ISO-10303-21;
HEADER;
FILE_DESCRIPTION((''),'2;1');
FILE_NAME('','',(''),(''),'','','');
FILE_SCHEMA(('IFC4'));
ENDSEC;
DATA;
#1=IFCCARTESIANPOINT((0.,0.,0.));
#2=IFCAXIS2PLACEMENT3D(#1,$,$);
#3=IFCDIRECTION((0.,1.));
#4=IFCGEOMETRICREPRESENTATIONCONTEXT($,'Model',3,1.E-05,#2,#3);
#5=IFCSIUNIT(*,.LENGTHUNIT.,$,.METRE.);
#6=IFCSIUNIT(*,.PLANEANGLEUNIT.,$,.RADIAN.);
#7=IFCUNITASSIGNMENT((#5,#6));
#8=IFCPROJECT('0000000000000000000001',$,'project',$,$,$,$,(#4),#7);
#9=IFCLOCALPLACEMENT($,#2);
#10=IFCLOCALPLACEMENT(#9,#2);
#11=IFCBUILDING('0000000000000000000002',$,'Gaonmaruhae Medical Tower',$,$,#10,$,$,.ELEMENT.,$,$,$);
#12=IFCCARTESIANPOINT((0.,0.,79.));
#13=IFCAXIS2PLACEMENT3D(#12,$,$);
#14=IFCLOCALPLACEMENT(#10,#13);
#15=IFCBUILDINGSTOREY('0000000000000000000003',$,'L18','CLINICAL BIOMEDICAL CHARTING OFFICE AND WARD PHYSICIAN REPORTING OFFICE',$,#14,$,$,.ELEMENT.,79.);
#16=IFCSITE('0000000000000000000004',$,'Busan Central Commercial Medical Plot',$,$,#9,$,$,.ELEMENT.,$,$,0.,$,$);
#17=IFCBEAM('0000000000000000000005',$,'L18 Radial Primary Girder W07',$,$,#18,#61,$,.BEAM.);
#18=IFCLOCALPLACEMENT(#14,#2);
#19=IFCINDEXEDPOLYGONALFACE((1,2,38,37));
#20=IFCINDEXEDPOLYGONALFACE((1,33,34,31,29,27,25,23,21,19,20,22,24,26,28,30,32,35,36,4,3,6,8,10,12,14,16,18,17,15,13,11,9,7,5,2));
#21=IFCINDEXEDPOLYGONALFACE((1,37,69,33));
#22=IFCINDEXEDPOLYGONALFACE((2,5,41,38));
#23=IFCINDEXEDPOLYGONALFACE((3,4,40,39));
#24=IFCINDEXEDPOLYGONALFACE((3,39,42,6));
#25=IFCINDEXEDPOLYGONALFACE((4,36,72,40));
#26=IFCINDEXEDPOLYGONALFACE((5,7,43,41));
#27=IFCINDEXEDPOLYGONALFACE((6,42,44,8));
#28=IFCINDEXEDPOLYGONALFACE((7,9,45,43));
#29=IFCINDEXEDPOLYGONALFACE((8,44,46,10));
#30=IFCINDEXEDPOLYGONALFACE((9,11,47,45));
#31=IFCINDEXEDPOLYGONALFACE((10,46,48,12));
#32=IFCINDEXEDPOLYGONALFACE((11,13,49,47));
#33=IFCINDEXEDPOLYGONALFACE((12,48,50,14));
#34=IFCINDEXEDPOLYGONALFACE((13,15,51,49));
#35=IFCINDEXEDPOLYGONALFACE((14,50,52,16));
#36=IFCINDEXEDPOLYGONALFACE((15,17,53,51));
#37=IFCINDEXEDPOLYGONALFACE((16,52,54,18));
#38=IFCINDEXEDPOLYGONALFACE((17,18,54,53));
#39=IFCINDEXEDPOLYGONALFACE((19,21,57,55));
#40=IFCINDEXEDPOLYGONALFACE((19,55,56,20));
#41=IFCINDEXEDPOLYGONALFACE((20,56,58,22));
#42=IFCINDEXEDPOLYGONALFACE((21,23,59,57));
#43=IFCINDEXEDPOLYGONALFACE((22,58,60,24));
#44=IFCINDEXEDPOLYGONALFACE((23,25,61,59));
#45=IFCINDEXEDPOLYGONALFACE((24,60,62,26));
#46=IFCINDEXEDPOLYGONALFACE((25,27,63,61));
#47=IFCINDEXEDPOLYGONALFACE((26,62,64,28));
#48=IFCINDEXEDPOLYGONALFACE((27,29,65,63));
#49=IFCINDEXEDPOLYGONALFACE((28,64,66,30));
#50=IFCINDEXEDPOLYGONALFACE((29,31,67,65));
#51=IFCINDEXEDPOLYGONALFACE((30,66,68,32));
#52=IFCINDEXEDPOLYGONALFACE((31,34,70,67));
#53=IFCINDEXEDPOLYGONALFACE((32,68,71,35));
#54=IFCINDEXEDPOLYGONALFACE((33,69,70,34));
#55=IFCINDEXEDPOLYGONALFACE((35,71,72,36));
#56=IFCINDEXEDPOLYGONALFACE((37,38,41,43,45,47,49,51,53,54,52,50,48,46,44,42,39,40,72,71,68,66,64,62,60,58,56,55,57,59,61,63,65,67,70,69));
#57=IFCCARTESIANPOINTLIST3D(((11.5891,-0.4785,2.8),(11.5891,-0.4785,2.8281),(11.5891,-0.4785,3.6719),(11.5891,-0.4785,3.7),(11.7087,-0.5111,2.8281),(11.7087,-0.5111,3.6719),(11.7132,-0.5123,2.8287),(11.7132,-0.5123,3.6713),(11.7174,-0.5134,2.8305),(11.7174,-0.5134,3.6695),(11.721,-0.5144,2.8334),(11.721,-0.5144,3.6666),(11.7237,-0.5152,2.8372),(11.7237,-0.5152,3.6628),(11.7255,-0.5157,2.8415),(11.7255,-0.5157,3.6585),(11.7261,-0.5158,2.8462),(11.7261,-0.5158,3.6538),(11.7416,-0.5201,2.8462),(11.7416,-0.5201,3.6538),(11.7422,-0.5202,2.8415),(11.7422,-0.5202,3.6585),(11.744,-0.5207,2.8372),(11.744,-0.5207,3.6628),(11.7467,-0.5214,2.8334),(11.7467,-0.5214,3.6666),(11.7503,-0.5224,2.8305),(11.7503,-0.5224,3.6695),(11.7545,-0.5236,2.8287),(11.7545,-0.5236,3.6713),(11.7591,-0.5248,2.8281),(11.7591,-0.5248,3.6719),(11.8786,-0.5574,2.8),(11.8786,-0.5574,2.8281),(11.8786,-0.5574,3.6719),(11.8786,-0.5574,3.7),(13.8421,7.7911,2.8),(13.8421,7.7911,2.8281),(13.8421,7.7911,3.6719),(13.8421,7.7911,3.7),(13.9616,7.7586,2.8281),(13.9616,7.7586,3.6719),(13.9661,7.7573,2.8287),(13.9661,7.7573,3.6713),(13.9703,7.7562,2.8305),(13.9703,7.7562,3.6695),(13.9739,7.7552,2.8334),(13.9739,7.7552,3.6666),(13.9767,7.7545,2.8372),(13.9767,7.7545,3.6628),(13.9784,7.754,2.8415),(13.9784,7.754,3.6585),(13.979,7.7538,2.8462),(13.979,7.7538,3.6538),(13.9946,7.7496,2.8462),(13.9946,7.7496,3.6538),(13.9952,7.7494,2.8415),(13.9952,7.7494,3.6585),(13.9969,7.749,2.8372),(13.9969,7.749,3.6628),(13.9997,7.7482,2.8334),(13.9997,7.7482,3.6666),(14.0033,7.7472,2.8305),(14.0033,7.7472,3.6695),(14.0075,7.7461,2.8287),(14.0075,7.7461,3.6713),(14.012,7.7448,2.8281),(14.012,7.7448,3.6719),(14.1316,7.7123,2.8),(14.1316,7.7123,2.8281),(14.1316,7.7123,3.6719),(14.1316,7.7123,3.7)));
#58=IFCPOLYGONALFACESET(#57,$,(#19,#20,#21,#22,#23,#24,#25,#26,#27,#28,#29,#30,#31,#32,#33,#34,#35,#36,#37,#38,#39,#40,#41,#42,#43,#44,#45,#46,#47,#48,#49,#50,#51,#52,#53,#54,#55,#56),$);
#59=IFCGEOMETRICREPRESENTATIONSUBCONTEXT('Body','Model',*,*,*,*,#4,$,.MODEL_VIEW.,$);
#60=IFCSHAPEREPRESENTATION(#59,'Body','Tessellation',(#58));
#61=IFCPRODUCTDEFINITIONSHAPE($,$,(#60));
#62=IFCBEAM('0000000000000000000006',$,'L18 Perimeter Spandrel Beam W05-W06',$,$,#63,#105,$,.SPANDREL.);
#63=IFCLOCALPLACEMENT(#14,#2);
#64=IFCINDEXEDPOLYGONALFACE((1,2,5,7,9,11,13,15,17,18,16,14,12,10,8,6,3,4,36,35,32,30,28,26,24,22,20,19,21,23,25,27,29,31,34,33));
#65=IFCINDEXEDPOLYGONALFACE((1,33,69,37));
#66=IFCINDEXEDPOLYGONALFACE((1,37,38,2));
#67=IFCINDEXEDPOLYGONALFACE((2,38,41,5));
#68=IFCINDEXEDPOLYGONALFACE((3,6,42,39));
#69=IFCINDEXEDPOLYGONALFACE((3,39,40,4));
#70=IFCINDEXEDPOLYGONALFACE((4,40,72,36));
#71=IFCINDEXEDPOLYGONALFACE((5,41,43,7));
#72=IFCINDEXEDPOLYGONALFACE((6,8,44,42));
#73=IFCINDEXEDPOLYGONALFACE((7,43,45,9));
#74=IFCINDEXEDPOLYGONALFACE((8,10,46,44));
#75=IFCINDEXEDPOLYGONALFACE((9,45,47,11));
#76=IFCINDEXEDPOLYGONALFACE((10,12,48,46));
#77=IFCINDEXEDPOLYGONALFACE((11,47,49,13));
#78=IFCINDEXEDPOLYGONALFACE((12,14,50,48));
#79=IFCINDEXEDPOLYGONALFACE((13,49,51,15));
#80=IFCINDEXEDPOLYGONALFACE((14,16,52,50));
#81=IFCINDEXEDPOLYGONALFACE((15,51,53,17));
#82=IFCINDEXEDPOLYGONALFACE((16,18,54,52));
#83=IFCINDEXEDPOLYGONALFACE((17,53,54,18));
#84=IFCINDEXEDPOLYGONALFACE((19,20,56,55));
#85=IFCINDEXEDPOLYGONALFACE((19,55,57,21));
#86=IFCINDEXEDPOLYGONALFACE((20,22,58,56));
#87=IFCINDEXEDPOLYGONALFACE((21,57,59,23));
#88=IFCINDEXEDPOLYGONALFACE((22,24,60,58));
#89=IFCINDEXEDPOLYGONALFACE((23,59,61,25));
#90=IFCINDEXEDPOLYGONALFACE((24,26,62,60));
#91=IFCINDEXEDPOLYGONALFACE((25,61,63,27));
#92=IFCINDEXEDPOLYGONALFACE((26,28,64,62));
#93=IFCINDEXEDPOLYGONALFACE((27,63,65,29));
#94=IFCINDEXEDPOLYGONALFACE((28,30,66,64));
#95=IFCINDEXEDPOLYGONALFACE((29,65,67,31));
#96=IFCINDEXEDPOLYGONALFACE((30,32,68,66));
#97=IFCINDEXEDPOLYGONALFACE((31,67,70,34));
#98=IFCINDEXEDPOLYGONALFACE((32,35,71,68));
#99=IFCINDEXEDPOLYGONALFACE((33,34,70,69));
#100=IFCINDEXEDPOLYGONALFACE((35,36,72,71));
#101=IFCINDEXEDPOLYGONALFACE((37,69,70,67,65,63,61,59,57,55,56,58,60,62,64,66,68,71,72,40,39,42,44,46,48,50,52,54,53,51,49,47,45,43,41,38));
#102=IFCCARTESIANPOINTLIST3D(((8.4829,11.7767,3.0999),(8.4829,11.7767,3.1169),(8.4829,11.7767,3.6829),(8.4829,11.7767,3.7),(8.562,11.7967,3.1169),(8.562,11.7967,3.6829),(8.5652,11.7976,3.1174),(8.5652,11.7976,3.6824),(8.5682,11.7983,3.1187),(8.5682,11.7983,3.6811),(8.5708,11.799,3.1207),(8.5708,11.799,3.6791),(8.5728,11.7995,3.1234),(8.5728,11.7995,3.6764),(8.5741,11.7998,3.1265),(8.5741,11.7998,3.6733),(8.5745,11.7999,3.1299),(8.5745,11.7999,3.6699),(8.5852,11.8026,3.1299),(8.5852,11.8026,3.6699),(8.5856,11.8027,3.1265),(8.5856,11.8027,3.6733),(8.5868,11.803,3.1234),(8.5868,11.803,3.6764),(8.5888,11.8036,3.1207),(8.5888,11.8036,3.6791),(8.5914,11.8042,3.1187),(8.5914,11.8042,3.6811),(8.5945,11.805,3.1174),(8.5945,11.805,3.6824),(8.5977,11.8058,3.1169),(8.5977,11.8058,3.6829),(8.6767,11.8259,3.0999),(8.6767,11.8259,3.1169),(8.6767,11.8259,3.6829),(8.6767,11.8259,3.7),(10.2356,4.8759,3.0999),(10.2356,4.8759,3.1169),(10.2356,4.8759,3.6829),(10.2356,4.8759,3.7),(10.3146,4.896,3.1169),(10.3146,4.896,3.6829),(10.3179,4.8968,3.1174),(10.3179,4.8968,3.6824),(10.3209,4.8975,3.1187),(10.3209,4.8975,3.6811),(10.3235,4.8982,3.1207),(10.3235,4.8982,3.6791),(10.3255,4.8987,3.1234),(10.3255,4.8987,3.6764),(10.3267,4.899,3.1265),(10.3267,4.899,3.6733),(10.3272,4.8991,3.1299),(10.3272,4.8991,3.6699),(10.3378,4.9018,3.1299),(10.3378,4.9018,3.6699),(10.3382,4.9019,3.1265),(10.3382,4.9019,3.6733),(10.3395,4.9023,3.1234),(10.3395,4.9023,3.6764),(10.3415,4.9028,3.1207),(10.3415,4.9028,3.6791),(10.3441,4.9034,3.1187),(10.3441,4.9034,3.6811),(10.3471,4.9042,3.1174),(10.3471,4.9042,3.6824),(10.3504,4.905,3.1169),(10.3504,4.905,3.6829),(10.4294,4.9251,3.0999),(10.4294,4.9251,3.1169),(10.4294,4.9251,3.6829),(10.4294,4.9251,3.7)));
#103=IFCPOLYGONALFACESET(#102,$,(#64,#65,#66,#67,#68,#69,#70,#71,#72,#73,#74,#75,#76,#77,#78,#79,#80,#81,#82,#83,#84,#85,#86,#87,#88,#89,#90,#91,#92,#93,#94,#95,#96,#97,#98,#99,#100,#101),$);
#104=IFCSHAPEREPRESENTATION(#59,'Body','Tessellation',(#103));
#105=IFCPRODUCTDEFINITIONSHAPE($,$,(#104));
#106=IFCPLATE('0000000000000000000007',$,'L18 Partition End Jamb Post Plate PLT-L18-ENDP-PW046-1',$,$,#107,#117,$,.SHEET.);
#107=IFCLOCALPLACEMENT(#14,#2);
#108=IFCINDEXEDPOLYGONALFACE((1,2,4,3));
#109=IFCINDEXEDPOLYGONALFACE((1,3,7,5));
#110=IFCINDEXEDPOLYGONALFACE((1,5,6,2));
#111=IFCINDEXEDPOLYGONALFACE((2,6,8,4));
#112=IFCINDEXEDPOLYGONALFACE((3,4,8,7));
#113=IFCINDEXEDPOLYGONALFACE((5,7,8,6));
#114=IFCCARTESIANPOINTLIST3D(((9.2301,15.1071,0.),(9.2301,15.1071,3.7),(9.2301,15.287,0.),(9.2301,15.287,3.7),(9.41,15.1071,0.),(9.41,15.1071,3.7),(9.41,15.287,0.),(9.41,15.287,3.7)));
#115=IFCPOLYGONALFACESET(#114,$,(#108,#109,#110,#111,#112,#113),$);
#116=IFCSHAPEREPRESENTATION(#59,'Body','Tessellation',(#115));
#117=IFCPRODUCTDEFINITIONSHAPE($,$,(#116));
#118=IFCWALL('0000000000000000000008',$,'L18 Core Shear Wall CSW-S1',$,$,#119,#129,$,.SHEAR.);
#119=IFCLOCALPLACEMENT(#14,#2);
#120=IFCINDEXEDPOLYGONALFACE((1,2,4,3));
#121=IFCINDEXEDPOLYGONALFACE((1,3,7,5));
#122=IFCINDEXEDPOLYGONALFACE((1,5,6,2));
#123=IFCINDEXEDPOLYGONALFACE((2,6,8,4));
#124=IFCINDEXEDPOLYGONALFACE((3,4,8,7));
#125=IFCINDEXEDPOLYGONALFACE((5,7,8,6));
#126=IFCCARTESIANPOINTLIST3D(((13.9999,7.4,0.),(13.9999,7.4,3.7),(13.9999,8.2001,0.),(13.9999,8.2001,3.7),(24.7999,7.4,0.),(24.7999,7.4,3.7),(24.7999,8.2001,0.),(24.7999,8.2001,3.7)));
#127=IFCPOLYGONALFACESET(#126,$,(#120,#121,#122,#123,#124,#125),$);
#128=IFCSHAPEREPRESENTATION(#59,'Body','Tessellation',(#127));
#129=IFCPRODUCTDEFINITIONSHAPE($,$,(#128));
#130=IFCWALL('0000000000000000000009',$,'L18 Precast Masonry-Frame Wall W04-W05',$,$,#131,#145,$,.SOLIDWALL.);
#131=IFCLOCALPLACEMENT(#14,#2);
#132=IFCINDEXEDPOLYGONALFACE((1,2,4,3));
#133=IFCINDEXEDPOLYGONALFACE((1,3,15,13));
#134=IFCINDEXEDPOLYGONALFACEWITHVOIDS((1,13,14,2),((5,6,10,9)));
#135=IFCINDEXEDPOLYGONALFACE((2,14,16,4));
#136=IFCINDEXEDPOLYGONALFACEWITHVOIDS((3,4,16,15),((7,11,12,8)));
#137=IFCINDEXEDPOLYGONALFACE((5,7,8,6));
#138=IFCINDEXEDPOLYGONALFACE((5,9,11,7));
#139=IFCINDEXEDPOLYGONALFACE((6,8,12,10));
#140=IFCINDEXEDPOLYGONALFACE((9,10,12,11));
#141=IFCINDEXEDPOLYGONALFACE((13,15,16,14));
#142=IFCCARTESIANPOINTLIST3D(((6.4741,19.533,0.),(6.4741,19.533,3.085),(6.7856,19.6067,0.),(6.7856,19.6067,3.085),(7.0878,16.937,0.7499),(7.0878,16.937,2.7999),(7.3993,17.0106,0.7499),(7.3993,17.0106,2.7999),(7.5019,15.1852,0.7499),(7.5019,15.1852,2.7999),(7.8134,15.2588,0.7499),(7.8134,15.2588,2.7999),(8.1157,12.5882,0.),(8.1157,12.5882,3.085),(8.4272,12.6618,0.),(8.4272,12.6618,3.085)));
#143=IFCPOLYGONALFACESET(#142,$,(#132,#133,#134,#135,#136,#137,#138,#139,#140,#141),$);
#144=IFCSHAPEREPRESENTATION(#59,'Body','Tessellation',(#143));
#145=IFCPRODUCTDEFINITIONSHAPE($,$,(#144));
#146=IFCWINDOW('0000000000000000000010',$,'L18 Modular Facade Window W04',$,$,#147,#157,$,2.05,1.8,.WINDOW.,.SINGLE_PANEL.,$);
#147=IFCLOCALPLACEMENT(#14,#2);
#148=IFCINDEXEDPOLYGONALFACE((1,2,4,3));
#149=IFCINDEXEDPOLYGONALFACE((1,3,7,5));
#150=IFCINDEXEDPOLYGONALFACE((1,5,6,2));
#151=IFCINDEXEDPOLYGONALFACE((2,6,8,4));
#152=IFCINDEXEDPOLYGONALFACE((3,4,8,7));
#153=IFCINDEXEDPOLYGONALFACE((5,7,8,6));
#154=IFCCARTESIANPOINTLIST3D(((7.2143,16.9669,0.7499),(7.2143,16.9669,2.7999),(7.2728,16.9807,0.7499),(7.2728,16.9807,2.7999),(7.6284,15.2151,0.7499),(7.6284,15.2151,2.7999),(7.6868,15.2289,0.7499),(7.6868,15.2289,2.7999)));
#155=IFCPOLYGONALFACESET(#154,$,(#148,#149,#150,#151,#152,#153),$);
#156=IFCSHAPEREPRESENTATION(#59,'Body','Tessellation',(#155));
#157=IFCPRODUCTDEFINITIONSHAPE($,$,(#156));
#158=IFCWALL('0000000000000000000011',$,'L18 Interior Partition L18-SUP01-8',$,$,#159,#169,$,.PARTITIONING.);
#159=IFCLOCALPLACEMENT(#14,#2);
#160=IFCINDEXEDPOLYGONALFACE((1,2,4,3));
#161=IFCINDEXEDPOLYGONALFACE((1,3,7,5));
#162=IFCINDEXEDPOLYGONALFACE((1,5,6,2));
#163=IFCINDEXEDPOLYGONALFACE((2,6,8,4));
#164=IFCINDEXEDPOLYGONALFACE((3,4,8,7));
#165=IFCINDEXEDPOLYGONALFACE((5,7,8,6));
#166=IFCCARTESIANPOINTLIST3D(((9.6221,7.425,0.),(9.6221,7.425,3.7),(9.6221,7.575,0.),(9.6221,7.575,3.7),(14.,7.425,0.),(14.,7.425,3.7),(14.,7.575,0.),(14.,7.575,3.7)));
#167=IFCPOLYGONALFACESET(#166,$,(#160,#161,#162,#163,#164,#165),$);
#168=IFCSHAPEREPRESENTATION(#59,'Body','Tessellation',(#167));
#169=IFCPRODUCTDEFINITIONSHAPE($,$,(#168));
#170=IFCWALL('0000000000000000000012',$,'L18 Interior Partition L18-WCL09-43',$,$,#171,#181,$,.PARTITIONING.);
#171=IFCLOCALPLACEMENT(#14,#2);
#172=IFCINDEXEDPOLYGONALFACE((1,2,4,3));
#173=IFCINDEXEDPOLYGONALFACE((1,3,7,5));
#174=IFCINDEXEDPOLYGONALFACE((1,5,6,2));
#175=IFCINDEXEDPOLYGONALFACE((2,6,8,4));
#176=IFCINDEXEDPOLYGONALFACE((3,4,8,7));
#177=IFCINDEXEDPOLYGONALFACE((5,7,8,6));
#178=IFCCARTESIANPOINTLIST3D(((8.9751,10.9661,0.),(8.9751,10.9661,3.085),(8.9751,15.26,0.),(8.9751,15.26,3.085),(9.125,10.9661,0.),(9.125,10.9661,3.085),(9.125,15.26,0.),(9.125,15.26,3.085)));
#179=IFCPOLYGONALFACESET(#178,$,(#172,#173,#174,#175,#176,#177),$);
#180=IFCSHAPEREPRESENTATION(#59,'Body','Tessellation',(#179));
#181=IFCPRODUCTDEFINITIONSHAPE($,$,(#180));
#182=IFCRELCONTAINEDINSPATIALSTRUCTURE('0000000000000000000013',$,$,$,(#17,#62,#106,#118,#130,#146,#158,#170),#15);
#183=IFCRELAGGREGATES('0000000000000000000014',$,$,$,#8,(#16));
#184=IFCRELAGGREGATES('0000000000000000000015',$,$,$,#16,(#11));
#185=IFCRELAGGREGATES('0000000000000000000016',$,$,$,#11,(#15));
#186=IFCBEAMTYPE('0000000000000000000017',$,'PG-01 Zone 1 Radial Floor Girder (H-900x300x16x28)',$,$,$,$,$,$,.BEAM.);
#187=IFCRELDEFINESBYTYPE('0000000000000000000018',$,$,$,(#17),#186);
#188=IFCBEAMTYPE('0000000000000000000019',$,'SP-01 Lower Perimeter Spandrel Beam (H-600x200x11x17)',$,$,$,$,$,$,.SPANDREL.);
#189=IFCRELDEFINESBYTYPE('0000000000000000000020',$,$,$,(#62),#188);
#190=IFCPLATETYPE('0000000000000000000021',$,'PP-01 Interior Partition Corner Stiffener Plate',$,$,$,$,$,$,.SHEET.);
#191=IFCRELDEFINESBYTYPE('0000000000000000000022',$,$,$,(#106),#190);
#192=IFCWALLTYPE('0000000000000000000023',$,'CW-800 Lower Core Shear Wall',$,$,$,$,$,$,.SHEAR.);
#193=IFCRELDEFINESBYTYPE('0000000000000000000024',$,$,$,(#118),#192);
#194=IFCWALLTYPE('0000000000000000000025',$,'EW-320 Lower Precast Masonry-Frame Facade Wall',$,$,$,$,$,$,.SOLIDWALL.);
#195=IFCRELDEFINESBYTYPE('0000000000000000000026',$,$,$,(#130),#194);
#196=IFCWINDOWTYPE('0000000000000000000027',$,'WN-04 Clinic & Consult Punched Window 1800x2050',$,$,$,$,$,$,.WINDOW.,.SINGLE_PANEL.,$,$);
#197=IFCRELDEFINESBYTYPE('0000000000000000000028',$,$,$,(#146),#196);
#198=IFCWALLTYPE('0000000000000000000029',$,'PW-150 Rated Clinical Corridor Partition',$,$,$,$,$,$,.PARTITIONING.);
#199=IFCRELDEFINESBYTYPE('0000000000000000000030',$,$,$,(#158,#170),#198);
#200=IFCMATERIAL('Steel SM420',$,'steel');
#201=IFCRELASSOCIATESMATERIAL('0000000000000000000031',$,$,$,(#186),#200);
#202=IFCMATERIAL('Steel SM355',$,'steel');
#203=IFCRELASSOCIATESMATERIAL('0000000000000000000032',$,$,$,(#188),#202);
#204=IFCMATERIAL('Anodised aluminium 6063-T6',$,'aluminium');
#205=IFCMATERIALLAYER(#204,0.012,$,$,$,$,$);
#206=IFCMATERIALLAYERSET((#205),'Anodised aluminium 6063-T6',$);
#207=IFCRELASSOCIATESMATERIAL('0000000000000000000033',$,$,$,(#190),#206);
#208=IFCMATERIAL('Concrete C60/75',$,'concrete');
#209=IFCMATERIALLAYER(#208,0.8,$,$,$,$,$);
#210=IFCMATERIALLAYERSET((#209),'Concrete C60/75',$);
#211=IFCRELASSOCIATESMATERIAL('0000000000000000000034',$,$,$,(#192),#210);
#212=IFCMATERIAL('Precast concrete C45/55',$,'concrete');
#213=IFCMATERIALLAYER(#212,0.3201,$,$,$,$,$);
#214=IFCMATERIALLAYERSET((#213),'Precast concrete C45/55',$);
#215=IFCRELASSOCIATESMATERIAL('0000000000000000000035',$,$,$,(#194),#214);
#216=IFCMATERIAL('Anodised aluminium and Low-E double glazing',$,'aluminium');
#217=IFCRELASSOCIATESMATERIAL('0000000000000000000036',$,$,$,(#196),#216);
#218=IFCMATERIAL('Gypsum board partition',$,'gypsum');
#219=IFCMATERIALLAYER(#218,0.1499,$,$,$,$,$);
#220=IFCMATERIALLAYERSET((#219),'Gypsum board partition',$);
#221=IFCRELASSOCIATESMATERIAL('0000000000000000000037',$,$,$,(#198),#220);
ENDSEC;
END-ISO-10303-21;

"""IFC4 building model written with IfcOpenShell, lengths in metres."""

from ifc_helpers import new_model, si_unit, direction, frame, frame_2d, origin, origin_2d, place, context, subcontext, project, spatial, rectangle, i_section, extrude, material, layer, layer_set, material_profile, profile_set, type_object, element, fill, save


model = new_model("IFC4")

# Units and contexts
model_context = context("Model", 3, precision=1e-05, world=origin(), true_north=direction((0.0, 1.0)))
body_context = subcontext(model_context, "Body", "Model", "MODEL_VIEW")
ifc_project = project(units=[si_unit("LENGTHUNIT", "METRE"), si_unit("PLANEANGLEUNIT", "RADIAN")], contexts=[model_context])

# Site, building, storey
site_placement = place(None, origin())
site = spatial("IfcSite", under=ifc_project, at=site_placement, Name="Busan Central Commercial Medical Plot", CompositionType="ELEMENT", RefElevation=0.0)
building_placement = place(site_placement, origin())
building = spatial("IfcBuilding", under=site, at=building_placement, Name="Gaonmaruhae Medical Tower", CompositionType="ELEMENT")
storey_placement = place(building_placement, frame((0.0, 0.0, 79.0)))
storey = spatial("IfcBuildingStorey", under=building, at=storey_placement, Name="L18", Description="CLINICAL BIOMEDICAL CHARTING OFFICE AND WARD PHYSICIAN REPORTING OFFICE", CompositionType="ELEMENT", Elevation=79.0)

# Shared definitions
ifc_material_1 = material(Name="Concrete C60/75", Category="concrete")

# Beams
ifc_material_2 = material(Name="Steel SM420", Category="steel")
ifc_material_profile_1 = material_profile(ifc_material_2, i_section(OverallWidth=0.3, OverallDepth=0.8999, WebThickness=0.0161, FlangeThickness=0.0281, FilletRadius=0.0181, at=origin_2d()), Name="H-900x300x16x28")
ifc_profile_set_1 = profile_set([ifc_material_profile_1], Name="Steel SM420")
beam_type_1 = type_object("IfcBeamType", Name="PG-01 Zone 1 Radial Floor Girder (H-900x300x16x28)", PredefinedType="BEAM", material=ifc_profile_set_1)
beam_1_placement = place(storey_placement, frame((13.9868, 7.7517, 3.25), z_axis=(-0.262857, -0.964835, 0.0), x_axis=(0.964835, -0.262857, 0.0)))
element("IfcBeam", 1, at=beam_1_placement, inside=storey, type_object=beam_type_1, Name="L18 Radial Primary Girder W07", PredefinedType="BEAM", context=body_context, shape_type="SweptSolid", body=[
    extrude(i_section(OverallWidth=0.3, OverallDepth=0.8999, WebThickness=0.0161, FlangeThickness=0.0281, FilletRadius=0.0181, at=origin_2d()), origin(), (0.0, 0.0, 1.0), 8.571),
])
ifc_material_3 = material(Name="Steel SM355", Category="steel")
ifc_material_profile_2 = material_profile(ifc_material_3, i_section(OverallWidth=0.2, OverallDepth=0.6001, WebThickness=0.011, FlangeThickness=0.0171, FilletRadius=0.0129, at=origin_2d()), Name="H-600x200x11x17")
ifc_profile_set_2 = profile_set([ifc_material_profile_2], Name="Steel SM355")
beam_type_2 = type_object("IfcBeamType", Name="SP-01 Lower Perimeter Spandrel Beam (H-600x200x11x17)", PredefinedType="SPANDREL", material=ifc_profile_set_2)
beam_2_placement = place(storey_placement, frame((8.5798, 11.8013, 3.3999), z_axis=(0.246165, -0.969228, 0.0), x_axis=(0.969228, 0.246165, 0.0)))
element("IfcBeam", 2, at=beam_2_placement, inside=storey, type_object=beam_type_2, Name="L18 Perimeter Spandrel Beam W05-W06", PredefinedType="SPANDREL", context=body_context, shape_type="SweptSolid", body=[
    extrude(i_section(OverallWidth=0.2, OverallDepth=0.6001, WebThickness=0.011, FlangeThickness=0.0171, FilletRadius=0.0129, at=origin_2d()), origin(), (0.0, 0.0, 1.0), 7.1199),
])

# Plate
ifc_material_4 = material(Name="Anodised aluminium 6063-T6", Category="aluminium")
ifc_layer_1 = layer(ifc_material_4, 0.012)
ifc_layer_set_1 = layer_set([ifc_layer_1], Name="Anodised aluminium 6063-T6")
plate_type = type_object("IfcPlateType", Name="PP-01 Interior Partition Corner Stiffener Plate", PredefinedType="SHEET", material=ifc_layer_set_1)
plate_placement = place(storey_placement, frame((9.3201, 15.197, 0.0), z_axis=(0.0, 0.0, 1.0), x_axis=(0.0, -1.0, 0.0)))
element("IfcPlate", 3, at=plate_placement, inside=storey, type_object=plate_type, Name="L18 Partition End Jamb Post Plate PLT-L18-ENDP-PW046-1", PredefinedType="SHEET", context=body_context, shape_type="SweptSolid", body=[
    extrude(rectangle(XDim=0.1799, YDim=0.1799, at=origin_2d()), origin(), (0.0, 0.0, 1.0), 3.7),
])

# Wall
ifc_layer_2 = layer(ifc_material_1, 0.8)
ifc_layer_set_2 = layer_set([ifc_layer_2], Name="Concrete C60/75")
wall_type_1 = type_object("IfcWallType", Name="CW-800 Lower Core Shear Wall", PredefinedType="SHEAR", material=ifc_layer_set_2)
wall_1_placement = place(storey_placement, frame((14.0, 7.8, 0.0), z_axis=(0.0, 0.0, 1.0), x_axis=(1.0, 0.0, 0.0)))
element("IfcWall", 4, at=wall_1_placement, inside=storey, type_object=wall_type_1, Name="L18 Core Shear Wall CSW-S1", PredefinedType="SHEAR", context=body_context, shape_type="SweptSolid", body=[
    extrude(rectangle(XDim=10.8, YDim=0.8, at=frame_2d((5.3999, 0.0))), origin(), (0.0, 0.0, 1.0), 3.7),
])

# Wall, opening, window
ifc_material_5 = material(Name="Precast concrete C45/55", Category="concrete")
ifc_layer_3 = layer(ifc_material_5, 0.3201)
ifc_layer_set_3 = layer_set([ifc_layer_3], Name="Precast concrete C45/55")
wall_type_2 = type_object("IfcWallType", Name="EW-320 Lower Precast Masonry-Frame Facade Wall", PredefinedType="SOLIDWALL", material=ifc_layer_set_3)
wall_2_placement = place(storey_placement, frame((8.2715, 12.625, 0.0), z_axis=(0.0, 0.0, 1.0), x_axis=(-0.230038, 0.973182, 0.0)))
wall_2 = element("IfcWall", 5, at=wall_2_placement, inside=storey, type_object=wall_type_2, Name="L18 Precast Masonry-Frame Wall W04-W05", PredefinedType="SOLIDWALL", context=body_context, shape_type="SweptSolid", body=[
    extrude(rectangle(XDim=7.1362, YDim=0.3201, at=frame_2d((3.5681, 0.0))), origin(), (0.0, 0.0, 1.0), 3.085),
])
opening_1_placement = place(wall_2_placement, frame((2.6687, 0.0, 0.75)))
opening_1 = element("IfcOpeningElement", 6, at=opening_1_placement, cuts=wall_2, PredefinedType="OPENING", context=body_context, shape_type="SweptSolid", body=[
    extrude(rectangle(XDim=1.8, YDim=2.05, at=frame_2d((0.8999, 1.0249))), frame((0.0, 0.1699, 0.0), z_axis=(0.0, -1.0, 0.0), x_axis=(1.0, 0.0, 0.0)), (0.0, 0.0, 1.0), 0.3401),
])
ifc_material_6 = material(Name="Anodised aluminium and Low-E double glazing", Category="aluminium")
window_type = type_object("IfcWindowType", Name="WN-04 Clinic & Consult Punched Window 1800x2050", PartitioningType="SINGLE_PANEL", PredefinedType="WINDOW", material=ifc_material_6)
window_placement = place(opening_1_placement, origin())
window = element("IfcWindow", 7, at=window_placement, inside=storey, type_object=window_type, Name="L18 Modular Facade Window W04", OverallHeight=2.05, OverallWidth=1.8, PartitioningType="SINGLE_PANEL", PredefinedType="WINDOW", context=body_context, shape_type="SweptSolid", body=[
    extrude(rectangle(XDim=1.8, YDim=2.05, at=frame_2d((0.8999, 1.0249))), frame((0.0, 0.03, 0.0), z_axis=(0.0, -1.0, 0.0), x_axis=(1.0, 0.0, 0.0)), (0.0, 0.0, 1.0), 0.0601),
])
fill(opening_1, window)

# Walls
ifc_material_7 = material(Name="Gypsum board partition", Category="gypsum")
ifc_layer_4 = layer(ifc_material_7, 0.1499)
ifc_layer_set_4 = layer_set([ifc_layer_4], Name="Gypsum board partition")
wall_type_3 = type_object("IfcWallType", Name="PW-150 Rated Clinical Corridor Partition", PredefinedType="PARTITIONING", material=ifc_layer_set_4)
wall_3_placement = place(storey_placement, frame((9.6221, 7.5, 0.0), z_axis=(0.0, 0.0, 1.0), x_axis=(1.0, 0.0, 0.0)))
element("IfcWall", 8, at=wall_3_placement, inside=storey, type_object=wall_type_3, Name="L18 Interior Partition L18-SUP01-8", PredefinedType="PARTITIONING", context=body_context, shape_type="SweptSolid", body=[
    extrude(rectangle(XDim=4.3779, YDim=0.1499, at=frame_2d((2.189, 0.0))), origin(), (0.0, 0.0, 1.0), 3.7),
])
wall_4_placement = place(storey_placement, frame((9.05, 15.26, 0.0), z_axis=(0.0, 0.0, 1.0), x_axis=(0.0, -1.0, 0.0)))
element("IfcWall", 9, at=wall_4_placement, inside=storey, type_object=wall_type_3, Name="L18 Interior Partition L18-WCL09-43", PredefinedType="PARTITIONING", context=body_context, shape_type="SweptSolid", body=[
    extrude(rectangle(XDim=4.2939, YDim=0.1499, at=frame_2d((2.147, 0.0))), origin(), (0.0, 0.0, 1.0), 3.085),
])

save(model, "model.ifc")
